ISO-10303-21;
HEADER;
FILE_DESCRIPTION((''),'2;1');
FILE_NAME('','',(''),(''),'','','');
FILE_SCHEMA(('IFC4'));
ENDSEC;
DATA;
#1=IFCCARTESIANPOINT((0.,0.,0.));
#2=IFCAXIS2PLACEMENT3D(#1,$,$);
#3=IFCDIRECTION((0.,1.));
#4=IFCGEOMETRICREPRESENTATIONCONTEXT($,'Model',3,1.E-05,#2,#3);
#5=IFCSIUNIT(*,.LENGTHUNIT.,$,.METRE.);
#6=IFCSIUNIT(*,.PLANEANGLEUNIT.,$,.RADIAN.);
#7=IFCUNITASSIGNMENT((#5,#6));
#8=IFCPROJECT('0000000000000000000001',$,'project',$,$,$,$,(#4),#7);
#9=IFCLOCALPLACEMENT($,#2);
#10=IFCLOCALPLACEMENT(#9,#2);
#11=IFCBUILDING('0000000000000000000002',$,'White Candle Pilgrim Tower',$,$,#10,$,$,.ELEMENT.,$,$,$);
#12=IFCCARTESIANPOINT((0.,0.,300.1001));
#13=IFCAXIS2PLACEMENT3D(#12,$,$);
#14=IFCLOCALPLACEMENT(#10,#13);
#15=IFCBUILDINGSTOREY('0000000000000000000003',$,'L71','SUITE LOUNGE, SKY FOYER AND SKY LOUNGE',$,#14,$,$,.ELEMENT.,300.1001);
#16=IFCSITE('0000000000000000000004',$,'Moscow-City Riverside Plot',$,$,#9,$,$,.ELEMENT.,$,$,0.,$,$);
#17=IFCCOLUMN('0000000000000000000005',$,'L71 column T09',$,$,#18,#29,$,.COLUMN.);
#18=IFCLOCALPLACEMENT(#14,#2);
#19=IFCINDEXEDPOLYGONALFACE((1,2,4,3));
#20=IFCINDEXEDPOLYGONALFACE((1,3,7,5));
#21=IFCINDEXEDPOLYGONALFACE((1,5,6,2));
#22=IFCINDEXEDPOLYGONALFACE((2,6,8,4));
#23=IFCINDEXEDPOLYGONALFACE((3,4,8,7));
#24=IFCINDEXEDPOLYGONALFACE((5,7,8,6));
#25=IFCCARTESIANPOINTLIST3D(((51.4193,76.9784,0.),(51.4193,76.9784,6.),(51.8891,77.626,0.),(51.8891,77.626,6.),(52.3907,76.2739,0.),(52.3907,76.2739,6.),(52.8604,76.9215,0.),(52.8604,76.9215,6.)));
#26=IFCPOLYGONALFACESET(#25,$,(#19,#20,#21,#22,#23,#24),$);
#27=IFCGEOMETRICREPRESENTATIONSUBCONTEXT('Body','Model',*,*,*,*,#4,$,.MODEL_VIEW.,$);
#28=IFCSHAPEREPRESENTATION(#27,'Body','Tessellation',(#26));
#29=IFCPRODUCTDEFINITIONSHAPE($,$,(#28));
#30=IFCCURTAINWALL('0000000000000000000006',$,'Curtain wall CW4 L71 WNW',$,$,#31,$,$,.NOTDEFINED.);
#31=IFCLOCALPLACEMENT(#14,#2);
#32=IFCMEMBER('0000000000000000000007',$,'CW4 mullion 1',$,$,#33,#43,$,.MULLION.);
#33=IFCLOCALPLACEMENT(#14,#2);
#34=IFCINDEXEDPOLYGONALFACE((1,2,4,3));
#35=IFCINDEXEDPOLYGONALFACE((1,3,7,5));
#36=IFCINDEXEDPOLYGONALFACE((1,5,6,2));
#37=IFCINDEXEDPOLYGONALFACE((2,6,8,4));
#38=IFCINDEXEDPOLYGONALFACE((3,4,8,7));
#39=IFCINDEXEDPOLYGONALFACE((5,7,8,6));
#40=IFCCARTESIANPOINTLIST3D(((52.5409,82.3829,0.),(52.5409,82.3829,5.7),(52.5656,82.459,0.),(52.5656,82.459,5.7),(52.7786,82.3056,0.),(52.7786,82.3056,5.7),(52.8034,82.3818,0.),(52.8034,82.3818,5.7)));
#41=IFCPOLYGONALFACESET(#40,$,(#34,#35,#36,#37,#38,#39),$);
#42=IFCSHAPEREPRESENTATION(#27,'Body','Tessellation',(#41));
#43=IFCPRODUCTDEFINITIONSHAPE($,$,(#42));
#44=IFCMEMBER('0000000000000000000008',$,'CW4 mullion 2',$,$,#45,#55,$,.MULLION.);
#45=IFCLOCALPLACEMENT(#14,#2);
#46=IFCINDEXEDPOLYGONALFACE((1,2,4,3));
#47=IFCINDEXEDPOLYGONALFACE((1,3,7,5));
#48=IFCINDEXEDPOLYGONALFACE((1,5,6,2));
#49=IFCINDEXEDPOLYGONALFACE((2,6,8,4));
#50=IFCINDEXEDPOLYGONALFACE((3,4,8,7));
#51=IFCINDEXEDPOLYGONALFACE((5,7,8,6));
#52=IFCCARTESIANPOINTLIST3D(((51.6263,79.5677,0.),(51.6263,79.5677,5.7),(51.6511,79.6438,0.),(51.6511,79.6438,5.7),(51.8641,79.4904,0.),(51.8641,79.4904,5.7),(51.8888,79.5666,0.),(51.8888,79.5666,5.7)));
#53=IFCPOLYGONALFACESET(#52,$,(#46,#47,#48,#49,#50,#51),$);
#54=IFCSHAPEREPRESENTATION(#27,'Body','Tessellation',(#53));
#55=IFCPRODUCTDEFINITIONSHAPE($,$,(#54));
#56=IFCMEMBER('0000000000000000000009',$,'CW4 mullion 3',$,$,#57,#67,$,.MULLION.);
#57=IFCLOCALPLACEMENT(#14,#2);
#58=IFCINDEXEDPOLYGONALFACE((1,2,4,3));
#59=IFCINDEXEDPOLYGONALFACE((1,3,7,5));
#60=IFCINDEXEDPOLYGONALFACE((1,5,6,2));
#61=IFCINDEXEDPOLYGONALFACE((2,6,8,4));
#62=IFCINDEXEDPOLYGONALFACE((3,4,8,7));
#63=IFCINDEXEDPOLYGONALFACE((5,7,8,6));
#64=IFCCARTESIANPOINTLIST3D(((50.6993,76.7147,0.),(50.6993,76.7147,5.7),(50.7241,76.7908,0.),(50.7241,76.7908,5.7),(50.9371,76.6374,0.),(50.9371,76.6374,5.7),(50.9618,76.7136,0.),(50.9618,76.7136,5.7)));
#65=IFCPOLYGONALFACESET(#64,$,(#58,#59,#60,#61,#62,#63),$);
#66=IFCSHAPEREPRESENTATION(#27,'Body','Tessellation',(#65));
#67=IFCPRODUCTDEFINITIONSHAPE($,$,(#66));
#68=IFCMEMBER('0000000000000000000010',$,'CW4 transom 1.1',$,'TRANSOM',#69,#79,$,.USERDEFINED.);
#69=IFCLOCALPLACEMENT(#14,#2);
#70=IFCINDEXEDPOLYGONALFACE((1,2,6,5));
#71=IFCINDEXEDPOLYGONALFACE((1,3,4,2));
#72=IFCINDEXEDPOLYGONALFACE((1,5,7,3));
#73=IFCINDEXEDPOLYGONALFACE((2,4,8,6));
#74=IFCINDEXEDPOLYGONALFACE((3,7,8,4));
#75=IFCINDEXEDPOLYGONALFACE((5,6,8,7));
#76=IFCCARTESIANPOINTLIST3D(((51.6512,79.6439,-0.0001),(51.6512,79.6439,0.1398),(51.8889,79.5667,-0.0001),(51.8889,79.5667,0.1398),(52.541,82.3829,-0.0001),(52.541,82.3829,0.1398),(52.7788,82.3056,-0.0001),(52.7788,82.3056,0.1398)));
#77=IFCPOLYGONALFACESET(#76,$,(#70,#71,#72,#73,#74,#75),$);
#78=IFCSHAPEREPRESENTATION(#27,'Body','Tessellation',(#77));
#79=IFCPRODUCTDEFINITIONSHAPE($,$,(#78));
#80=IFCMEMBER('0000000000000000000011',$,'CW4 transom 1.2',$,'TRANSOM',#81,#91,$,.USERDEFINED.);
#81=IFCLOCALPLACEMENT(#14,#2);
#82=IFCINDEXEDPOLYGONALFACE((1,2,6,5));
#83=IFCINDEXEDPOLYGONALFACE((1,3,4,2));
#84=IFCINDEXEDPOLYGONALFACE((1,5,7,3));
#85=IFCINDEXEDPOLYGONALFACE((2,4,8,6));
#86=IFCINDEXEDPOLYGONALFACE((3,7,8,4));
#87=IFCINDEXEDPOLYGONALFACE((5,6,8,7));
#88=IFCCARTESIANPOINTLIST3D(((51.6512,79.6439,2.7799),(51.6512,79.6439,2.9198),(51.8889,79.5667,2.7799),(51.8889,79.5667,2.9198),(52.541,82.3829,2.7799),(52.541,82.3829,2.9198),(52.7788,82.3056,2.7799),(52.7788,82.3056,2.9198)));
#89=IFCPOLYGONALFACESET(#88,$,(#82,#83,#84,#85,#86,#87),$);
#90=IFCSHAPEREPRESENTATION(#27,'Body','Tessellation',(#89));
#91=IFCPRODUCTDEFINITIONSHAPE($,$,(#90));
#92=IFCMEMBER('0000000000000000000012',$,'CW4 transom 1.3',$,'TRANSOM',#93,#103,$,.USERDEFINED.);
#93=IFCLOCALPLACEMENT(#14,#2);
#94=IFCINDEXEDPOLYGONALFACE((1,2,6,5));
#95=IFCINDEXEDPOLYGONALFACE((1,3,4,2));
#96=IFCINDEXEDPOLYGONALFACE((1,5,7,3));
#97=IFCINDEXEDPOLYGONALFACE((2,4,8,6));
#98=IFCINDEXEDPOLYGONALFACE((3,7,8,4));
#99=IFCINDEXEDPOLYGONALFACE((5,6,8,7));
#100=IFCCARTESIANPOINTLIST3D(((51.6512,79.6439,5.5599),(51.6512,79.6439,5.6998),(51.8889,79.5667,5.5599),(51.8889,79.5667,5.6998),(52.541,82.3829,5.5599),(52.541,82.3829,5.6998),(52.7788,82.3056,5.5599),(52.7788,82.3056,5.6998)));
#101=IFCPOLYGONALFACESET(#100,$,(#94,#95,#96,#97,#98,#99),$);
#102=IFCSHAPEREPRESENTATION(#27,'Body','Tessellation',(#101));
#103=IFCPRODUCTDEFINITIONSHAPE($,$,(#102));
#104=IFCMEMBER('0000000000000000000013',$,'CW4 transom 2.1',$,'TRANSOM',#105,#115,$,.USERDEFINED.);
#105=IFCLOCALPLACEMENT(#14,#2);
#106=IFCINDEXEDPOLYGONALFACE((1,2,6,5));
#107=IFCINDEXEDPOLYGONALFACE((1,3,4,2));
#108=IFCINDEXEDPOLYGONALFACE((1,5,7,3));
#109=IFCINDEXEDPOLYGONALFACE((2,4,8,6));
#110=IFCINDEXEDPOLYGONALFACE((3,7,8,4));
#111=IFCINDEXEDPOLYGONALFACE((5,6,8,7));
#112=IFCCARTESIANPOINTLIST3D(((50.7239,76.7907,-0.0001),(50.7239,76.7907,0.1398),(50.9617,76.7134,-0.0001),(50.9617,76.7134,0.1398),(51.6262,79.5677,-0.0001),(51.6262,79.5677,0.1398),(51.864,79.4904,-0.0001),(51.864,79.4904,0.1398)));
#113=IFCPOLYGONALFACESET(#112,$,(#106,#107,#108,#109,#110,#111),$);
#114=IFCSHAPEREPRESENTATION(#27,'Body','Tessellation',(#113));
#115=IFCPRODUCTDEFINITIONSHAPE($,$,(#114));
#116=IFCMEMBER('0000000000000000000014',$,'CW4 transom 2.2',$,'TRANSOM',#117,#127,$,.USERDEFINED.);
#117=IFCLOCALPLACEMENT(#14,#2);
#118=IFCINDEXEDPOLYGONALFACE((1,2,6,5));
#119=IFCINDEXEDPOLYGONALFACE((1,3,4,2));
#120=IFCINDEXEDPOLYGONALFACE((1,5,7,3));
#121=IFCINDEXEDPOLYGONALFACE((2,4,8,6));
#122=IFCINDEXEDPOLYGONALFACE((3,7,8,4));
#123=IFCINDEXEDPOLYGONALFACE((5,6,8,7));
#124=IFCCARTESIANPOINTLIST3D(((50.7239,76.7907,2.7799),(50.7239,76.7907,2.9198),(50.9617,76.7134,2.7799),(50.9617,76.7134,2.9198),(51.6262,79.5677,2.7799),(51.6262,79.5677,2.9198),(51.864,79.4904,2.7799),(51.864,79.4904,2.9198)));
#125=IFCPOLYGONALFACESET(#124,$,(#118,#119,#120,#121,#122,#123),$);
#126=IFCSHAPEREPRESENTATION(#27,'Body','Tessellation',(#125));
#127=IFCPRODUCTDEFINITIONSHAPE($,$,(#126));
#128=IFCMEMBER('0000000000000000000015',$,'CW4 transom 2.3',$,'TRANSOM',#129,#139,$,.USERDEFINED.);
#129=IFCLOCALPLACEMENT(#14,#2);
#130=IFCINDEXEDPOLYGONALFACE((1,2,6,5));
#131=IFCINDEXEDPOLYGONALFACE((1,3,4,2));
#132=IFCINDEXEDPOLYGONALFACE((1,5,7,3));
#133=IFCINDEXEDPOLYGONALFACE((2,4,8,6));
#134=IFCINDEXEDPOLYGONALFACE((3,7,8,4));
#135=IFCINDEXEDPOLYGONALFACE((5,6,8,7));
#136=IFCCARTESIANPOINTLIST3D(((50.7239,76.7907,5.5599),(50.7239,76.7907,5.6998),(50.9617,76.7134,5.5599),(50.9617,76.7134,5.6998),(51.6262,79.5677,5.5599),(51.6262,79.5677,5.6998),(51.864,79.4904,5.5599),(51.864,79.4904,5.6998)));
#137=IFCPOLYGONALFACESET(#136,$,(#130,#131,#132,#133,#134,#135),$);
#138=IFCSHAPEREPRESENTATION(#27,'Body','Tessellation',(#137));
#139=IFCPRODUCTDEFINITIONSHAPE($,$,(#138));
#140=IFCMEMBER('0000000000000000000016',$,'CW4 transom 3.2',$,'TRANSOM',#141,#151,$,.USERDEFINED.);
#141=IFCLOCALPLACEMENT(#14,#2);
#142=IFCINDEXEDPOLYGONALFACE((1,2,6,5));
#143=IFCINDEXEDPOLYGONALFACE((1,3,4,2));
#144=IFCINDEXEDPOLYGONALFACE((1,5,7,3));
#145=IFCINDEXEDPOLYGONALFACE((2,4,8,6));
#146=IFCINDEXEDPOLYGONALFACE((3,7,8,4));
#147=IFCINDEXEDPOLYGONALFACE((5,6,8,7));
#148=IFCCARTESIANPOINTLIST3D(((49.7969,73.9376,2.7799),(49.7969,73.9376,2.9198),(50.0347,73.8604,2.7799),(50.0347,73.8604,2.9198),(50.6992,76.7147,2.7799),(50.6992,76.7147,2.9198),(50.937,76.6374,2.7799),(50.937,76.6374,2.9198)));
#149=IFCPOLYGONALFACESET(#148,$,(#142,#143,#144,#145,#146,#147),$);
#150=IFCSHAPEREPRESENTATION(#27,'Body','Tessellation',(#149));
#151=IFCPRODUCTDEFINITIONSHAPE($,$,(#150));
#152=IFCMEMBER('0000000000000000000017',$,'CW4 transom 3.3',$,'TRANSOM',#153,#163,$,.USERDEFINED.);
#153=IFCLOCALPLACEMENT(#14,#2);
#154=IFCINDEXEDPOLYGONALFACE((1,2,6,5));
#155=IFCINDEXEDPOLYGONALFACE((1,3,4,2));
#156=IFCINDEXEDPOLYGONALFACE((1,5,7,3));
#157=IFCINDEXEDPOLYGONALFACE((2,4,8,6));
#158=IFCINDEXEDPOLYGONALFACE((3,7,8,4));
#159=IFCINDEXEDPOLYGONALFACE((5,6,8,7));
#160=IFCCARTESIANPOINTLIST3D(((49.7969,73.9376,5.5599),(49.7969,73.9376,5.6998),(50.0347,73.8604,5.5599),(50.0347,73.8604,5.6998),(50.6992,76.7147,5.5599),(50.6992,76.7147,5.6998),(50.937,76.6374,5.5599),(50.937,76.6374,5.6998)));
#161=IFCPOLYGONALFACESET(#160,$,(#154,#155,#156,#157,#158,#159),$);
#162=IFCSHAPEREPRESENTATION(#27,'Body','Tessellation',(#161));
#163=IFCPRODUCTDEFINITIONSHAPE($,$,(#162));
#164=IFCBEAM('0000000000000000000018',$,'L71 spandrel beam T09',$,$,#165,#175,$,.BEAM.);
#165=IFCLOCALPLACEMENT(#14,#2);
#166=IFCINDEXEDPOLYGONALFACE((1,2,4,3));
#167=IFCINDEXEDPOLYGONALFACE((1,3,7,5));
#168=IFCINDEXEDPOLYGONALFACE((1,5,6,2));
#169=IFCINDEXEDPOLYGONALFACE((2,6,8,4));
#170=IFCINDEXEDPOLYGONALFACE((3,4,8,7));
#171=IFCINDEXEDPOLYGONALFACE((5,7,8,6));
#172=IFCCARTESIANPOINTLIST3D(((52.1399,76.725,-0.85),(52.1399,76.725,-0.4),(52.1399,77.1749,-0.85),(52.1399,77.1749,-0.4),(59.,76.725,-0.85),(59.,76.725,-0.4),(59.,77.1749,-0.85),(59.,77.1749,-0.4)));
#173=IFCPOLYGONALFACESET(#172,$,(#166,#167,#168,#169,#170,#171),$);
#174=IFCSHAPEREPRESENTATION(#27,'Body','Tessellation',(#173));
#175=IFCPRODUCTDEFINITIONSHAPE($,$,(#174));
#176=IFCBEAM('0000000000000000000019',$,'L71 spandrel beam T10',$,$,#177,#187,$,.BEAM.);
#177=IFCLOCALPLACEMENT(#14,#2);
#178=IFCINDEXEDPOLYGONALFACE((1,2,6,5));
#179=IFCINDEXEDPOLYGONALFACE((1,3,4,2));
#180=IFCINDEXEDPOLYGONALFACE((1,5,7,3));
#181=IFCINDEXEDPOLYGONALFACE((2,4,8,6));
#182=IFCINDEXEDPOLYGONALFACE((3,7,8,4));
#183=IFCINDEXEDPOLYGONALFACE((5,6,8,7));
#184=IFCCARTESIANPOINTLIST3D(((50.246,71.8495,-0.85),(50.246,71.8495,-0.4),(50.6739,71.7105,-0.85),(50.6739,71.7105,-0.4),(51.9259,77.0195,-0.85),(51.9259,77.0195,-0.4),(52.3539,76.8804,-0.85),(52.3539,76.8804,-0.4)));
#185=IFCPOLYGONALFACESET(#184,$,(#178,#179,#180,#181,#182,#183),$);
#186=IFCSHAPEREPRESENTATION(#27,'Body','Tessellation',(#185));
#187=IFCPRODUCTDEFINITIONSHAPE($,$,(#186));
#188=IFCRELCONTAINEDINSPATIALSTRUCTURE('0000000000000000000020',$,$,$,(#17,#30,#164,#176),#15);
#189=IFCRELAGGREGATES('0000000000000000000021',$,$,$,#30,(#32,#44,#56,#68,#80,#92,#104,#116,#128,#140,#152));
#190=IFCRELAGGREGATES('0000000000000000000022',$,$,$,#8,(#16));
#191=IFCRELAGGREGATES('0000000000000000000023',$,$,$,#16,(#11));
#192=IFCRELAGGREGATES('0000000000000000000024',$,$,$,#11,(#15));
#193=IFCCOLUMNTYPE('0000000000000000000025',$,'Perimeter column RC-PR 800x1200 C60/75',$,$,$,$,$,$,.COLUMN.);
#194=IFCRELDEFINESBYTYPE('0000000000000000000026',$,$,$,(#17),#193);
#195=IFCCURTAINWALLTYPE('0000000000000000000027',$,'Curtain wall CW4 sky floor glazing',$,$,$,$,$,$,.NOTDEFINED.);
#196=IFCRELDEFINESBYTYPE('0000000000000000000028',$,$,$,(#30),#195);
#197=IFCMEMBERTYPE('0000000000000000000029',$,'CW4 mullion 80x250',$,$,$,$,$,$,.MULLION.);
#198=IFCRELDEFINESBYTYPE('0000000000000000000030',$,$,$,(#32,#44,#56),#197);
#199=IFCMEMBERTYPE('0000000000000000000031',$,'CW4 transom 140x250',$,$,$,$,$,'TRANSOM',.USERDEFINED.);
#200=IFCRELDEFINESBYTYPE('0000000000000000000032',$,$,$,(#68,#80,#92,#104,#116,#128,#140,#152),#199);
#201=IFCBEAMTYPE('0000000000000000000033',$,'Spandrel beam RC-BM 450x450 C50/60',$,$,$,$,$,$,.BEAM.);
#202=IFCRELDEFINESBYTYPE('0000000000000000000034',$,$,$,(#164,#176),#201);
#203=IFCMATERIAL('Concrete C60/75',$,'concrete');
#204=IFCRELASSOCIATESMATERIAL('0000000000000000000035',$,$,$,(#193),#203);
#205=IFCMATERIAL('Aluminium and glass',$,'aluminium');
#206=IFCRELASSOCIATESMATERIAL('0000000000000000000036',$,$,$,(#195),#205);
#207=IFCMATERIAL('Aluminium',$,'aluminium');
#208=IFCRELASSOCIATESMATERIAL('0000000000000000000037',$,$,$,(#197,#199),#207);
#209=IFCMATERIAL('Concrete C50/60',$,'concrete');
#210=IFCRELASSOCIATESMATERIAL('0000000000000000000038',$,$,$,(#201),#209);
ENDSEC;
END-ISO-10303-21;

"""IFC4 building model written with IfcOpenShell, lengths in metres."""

from ifc_helpers import new_model, si_unit, direction, frame, origin, origin_2d, place, context, subcontext, project, spatial, rectangle, extrude, material, material_profile, profile_set, type_object, element, aggregate, save


model = new_model("IFC4")

# Units and contexts
model_context = context("Model", 3, precision=1e-05, world=origin(), true_north=direction((0.0, 1.0)))
body_context = subcontext(model_context, "Body", "Model", "MODEL_VIEW")
ifc_project = project(units=[si_unit("LENGTHUNIT", "METRE"), si_unit("PLANEANGLEUNIT", "RADIAN")], contexts=[model_context])

# Site, building, storey
site_placement = place(None, origin())
site = spatial("IfcSite", under=ifc_project, at=site_placement, Name="Moscow-City Riverside Plot", CompositionType="ELEMENT", RefElevation=0.0)
building_placement = place(site_placement, origin())
building = spatial("IfcBuilding", under=site, at=building_placement, Name="White Candle Pilgrim Tower", CompositionType="ELEMENT")
storey_placement = place(building_placement, frame((0.0, 0.0, 300.1001)))
storey = spatial("IfcBuildingStorey", under=building, at=storey_placement, Name="L71", Description="SUITE LOUNGE, SKY FOYER AND SKY LOUNGE", CompositionType="ELEMENT", Elevation=300.1001)

# Column
ifc_material_1 = material(Name="Concrete C60/75", Category="concrete")
ifc_material_profile_1 = material_profile(ifc_material_1, rectangle(XDim=0.8, YDim=1.2, at=origin_2d()), Name="RC-PR 800x1200")
ifc_profile_set_1 = profile_set([ifc_material_profile_1], Name="Concrete C60/75")
column_type = type_object("IfcColumnType", Name="Perimeter column RC-PR 800x1200 C60/75", PredefinedType="COLUMN", material=ifc_profile_set_1)
column_placement = place(storey_placement, frame((52.1399, 76.95, 0.0), z_axis=(0.0, 0.0, 1.0), x_axis=(0.587107, 0.809509, 0.0)))
element("IfcColumn", 1, at=column_placement, inside=storey, type_object=column_type, Name="L71 column T09", PredefinedType="COLUMN", context=body_context, shape_type="SweptSolid", body=[
    extrude(rectangle(XDim=0.8, YDim=1.2, at=origin_2d()), origin(), (0.0, 0.0, 1.0), 6.0),
])

# Curtain wall, members
ifc_material_2 = material(Name="Aluminium and glass", Category="aluminium")
curtain_wall_type = type_object("IfcCurtainWallType", Name="Curtain wall CW4 sky floor glazing", PredefinedType="NOTDEFINED", material=ifc_material_2)
curtain_wall_placement = place(storey_placement, origin())
curtain_wall = element("IfcCurtainWall", 2, at=curtain_wall_placement, inside=storey, type_object=curtain_wall_type, Name="Curtain wall CW4 L71 WNW", PredefinedType="NOTDEFINED")
ifc_material_3 = material(Name="Aluminium", Category="aluminium")
ifc_material_profile_2 = material_profile(ifc_material_3, rectangle(XDim=0.25, YDim=0.0801, at=origin_2d()), Name="CW4 mullion 80x250")
ifc_profile_set_2 = profile_set([ifc_material_profile_2], Name="Aluminium")
member_type_1 = type_object("IfcMemberType", Name="CW4 mullion 80x250", PredefinedType="MULLION", material=ifc_profile_set_2)
member_1_placement = place(storey_placement, frame((52.6721, 82.3823, 0.0), z_axis=(0.0, 0.0, 1.0), x_axis=(0.951057, -0.309017, 0.0)))
member_1 = element("IfcMember", 3, at=member_1_placement, type_object=member_type_1, Name="CW4 mullion 1", PredefinedType="MULLION", context=body_context, shape_type="SweptSolid", body=[
    extrude(rectangle(XDim=0.25, YDim=0.0801, at=origin_2d()), origin(), (0.0, 0.0, 1.0), 5.7),
])
member_2_placement = place(storey_placement, frame((51.7576, 79.5671, 0.0), z_axis=(0.0, 0.0, 1.0), x_axis=(0.951057, -0.309017, 0.0)))
member_2 = element("IfcMember", 4, at=member_2_placement, type_object=member_type_1, Name="CW4 mullion 2", PredefinedType="MULLION", context=body_context, shape_type="SweptSolid", body=[
    extrude(rectangle(XDim=0.25, YDim=0.0801, at=origin_2d()), origin(), (0.0, 0.0, 1.0), 5.7),
])
member_3_placement = place(storey_placement, frame((50.8306, 76.7141, 0.0), z_axis=(0.0, 0.0, 1.0), x_axis=(0.951057, -0.309017, 0.0)))
member_3 = element("IfcMember", 5, at=member_3_placement, type_object=member_type_1, Name="CW4 mullion 3", PredefinedType="MULLION", context=body_context, shape_type="SweptSolid", body=[
    extrude(rectangle(XDim=0.25, YDim=0.0801, at=origin_2d()), origin(), (0.0, 0.0, 1.0), 5.7),
])
ifc_material_profile_3 = material_profile(ifc_material_3, rectangle(XDim=0.25, YDim=0.1399, at=origin_2d()), Name="CW4 transom 140x250")
ifc_profile_set_3 = profile_set([ifc_material_profile_3], Name="Aluminium")
member_type_2 = type_object("IfcMemberType", Name="CW4 transom 140x250", ElementType="TRANSOM", PredefinedType="USERDEFINED", material=ifc_profile_set_3)
member_4_placement = place(storey_placement, frame((52.6599, 82.3442, 0.0698), z_axis=(-0.308996, -0.951063, 0.0), x_axis=(0.951063, -0.308996, 0.0)))
member_4 = element("IfcMember", 6, at=member_4_placement, type_object=member_type_2, Name="CW4 transom 1.1", ObjectType="TRANSOM", PredefinedType="USERDEFINED", context=body_context, shape_type="SweptSolid", body=[
    extrude(rectangle(XDim=0.25, YDim=0.1399, at=origin_2d()), origin(), (0.0, 0.0, 1.0), 2.8799),
])
member_5_placement = place(storey_placement, frame((52.6599, 82.3442, 2.8499), z_axis=(-0.308996, -0.951063, 0.0), x_axis=(0.951063, -0.308996, 0.0)))
member_5 = element("IfcMember", 7, at=member_5_placement, type_object=member_type_2, Name="CW4 transom 1.2", ObjectType="TRANSOM", PredefinedType="USERDEFINED", context=body_context, shape_type="SweptSolid", body=[
    extrude(rectangle(XDim=0.25, YDim=0.1399, at=origin_2d()), origin(), (0.0, 0.0, 1.0), 2.8799),
])
member_6_placement = place(storey_placement, frame((52.6599, 82.3442, 5.6299), z_axis=(-0.308996, -0.951063, 0.0), x_axis=(0.951063, -0.308996, 0.0)))
member_6 = element("IfcMember", 8, at=member_6_placement, type_object=member_type_2, Name="CW4 transom 1.3", ObjectType="TRANSOM", PredefinedType="USERDEFINED", context=body_context, shape_type="SweptSolid", body=[
    extrude(rectangle(XDim=0.25, YDim=0.1399, at=origin_2d()), origin(), (0.0, 0.0, 1.0), 2.8799),
])
member_7_placement = place(storey_placement, frame((51.7451, 79.5291, 0.0698), z_axis=(-0.30902, -0.951056, 0.0), x_axis=(0.951056, -0.30902, 0.0)))
member_7 = element("IfcMember", 9, at=member_7_placement, type_object=member_type_2, Name="CW4 transom 2.1", ObjectType="TRANSOM", PredefinedType="USERDEFINED", context=body_context, shape_type="SweptSolid", body=[
    extrude(rectangle(XDim=0.25, YDim=0.1399, at=origin_2d()), origin(), (0.0, 0.0, 1.0), 2.9199),
])
member_8_placement = place(storey_placement, frame((51.7451, 79.5291, 2.8499), z_axis=(-0.30902, -0.951056, 0.0), x_axis=(0.951056, -0.30902, 0.0)))
member_8 = element("IfcMember", 10, at=member_8_placement, type_object=member_type_2, Name="CW4 transom 2.2", ObjectType="TRANSOM", PredefinedType="USERDEFINED", context=body_context, shape_type="SweptSolid", body=[
    extrude(rectangle(XDim=0.25, YDim=0.1399, at=origin_2d()), origin(), (0.0, 0.0, 1.0), 2.9199),
])
member_9_placement = place(storey_placement, frame((51.7451, 79.5291, 5.6299), z_axis=(-0.30902, -0.951056, 0.0), x_axis=(0.951056, -0.30902, 0.0)))
member_9 = element("IfcMember", 11, at=member_9_placement, type_object=member_type_2, Name="CW4 transom 2.3", ObjectType="TRANSOM", PredefinedType="USERDEFINED", context=body_context, shape_type="SweptSolid", body=[
    extrude(rectangle(XDim=0.25, YDim=0.1399, at=origin_2d()), origin(), (0.0, 0.0, 1.0), 2.9199),
])
member_10_placement = place(storey_placement, frame((50.8181, 76.676, 2.8499), z_axis=(-0.30902, -0.951056, 0.0), x_axis=(0.951056, -0.30902, 0.0)))
member_10 = element("IfcMember", 12, at=member_10_placement, type_object=member_type_2, Name="CW4 transom 3.2", ObjectType="TRANSOM", PredefinedType="USERDEFINED", context=body_context, shape_type="SweptSolid", body=[
    extrude(rectangle(XDim=0.25, YDim=0.1399, at=origin_2d()), origin(), (0.0, 0.0, 1.0), 2.9199),
])
member_11_placement = place(storey_placement, frame((50.8181, 76.676, 5.6299), z_axis=(-0.30902, -0.951056, 0.0), x_axis=(0.951056, -0.30902, 0.0)))
member_11 = element("IfcMember", 13, at=member_11_placement, type_object=member_type_2, Name="CW4 transom 3.3", ObjectType="TRANSOM", PredefinedType="USERDEFINED", context=body_context, shape_type="SweptSolid", body=[
    extrude(rectangle(XDim=0.25, YDim=0.1399, at=origin_2d()), origin(), (0.0, 0.0, 1.0), 2.9199),
])

# Beams
ifc_material_4 = material(Name="Concrete C50/60", Category="concrete")
ifc_material_profile_4 = material_profile(ifc_material_4, rectangle(XDim=0.45, YDim=0.45, at=origin_2d()), Name="RC-BM 450x450")
ifc_profile_set_4 = profile_set([ifc_material_profile_4], Name="Concrete C50/60")
beam_type_1 = type_object("IfcBeamType", Name="Spandrel beam RC-BM 450x450 C50/60", PredefinedType="BEAM", material=ifc_profile_set_4)
beam_1_placement = place(storey_placement, frame((52.1399, 76.95, -0.625), z_axis=(1.0, 0.0, 0.0), x_axis=(0.0, 1.0, 0.0)))
element("IfcBeam", 14, at=beam_1_placement, inside=storey, type_object=beam_type_1, Name="L71 spandrel beam T09", PredefinedType="BEAM", context=body_context, shape_type="SweptSolid", body=[
    extrude(rectangle(XDim=0.45, YDim=0.45, at=origin_2d()), origin(), (0.0, 0.0, 1.0), 6.8601),
])
beam_2_placement = place(storey_placement, frame((52.1399, 76.95, -0.625), z_axis=(-0.309037, -0.95105, 0.0), x_axis=(0.95105, -0.309037, 0.0)))
element("IfcBeam", 15, at=beam_2_placement, inside=storey, type_object=beam_type_1, Name="L71 spandrel beam T10", PredefinedType="BEAM", context=body_context, shape_type="SweptSolid", body=[
    extrude(rectangle(XDim=0.45, YDim=0.45, at=origin_2d()), origin(), (0.0, 0.0, 1.0), 5.436),
])

aggregate(curtain_wall, [member_1, member_2, member_3, member_4, member_5, member_6, member_7, member_8, member_9, member_10, member_11])

save(model, "model.ifc")
